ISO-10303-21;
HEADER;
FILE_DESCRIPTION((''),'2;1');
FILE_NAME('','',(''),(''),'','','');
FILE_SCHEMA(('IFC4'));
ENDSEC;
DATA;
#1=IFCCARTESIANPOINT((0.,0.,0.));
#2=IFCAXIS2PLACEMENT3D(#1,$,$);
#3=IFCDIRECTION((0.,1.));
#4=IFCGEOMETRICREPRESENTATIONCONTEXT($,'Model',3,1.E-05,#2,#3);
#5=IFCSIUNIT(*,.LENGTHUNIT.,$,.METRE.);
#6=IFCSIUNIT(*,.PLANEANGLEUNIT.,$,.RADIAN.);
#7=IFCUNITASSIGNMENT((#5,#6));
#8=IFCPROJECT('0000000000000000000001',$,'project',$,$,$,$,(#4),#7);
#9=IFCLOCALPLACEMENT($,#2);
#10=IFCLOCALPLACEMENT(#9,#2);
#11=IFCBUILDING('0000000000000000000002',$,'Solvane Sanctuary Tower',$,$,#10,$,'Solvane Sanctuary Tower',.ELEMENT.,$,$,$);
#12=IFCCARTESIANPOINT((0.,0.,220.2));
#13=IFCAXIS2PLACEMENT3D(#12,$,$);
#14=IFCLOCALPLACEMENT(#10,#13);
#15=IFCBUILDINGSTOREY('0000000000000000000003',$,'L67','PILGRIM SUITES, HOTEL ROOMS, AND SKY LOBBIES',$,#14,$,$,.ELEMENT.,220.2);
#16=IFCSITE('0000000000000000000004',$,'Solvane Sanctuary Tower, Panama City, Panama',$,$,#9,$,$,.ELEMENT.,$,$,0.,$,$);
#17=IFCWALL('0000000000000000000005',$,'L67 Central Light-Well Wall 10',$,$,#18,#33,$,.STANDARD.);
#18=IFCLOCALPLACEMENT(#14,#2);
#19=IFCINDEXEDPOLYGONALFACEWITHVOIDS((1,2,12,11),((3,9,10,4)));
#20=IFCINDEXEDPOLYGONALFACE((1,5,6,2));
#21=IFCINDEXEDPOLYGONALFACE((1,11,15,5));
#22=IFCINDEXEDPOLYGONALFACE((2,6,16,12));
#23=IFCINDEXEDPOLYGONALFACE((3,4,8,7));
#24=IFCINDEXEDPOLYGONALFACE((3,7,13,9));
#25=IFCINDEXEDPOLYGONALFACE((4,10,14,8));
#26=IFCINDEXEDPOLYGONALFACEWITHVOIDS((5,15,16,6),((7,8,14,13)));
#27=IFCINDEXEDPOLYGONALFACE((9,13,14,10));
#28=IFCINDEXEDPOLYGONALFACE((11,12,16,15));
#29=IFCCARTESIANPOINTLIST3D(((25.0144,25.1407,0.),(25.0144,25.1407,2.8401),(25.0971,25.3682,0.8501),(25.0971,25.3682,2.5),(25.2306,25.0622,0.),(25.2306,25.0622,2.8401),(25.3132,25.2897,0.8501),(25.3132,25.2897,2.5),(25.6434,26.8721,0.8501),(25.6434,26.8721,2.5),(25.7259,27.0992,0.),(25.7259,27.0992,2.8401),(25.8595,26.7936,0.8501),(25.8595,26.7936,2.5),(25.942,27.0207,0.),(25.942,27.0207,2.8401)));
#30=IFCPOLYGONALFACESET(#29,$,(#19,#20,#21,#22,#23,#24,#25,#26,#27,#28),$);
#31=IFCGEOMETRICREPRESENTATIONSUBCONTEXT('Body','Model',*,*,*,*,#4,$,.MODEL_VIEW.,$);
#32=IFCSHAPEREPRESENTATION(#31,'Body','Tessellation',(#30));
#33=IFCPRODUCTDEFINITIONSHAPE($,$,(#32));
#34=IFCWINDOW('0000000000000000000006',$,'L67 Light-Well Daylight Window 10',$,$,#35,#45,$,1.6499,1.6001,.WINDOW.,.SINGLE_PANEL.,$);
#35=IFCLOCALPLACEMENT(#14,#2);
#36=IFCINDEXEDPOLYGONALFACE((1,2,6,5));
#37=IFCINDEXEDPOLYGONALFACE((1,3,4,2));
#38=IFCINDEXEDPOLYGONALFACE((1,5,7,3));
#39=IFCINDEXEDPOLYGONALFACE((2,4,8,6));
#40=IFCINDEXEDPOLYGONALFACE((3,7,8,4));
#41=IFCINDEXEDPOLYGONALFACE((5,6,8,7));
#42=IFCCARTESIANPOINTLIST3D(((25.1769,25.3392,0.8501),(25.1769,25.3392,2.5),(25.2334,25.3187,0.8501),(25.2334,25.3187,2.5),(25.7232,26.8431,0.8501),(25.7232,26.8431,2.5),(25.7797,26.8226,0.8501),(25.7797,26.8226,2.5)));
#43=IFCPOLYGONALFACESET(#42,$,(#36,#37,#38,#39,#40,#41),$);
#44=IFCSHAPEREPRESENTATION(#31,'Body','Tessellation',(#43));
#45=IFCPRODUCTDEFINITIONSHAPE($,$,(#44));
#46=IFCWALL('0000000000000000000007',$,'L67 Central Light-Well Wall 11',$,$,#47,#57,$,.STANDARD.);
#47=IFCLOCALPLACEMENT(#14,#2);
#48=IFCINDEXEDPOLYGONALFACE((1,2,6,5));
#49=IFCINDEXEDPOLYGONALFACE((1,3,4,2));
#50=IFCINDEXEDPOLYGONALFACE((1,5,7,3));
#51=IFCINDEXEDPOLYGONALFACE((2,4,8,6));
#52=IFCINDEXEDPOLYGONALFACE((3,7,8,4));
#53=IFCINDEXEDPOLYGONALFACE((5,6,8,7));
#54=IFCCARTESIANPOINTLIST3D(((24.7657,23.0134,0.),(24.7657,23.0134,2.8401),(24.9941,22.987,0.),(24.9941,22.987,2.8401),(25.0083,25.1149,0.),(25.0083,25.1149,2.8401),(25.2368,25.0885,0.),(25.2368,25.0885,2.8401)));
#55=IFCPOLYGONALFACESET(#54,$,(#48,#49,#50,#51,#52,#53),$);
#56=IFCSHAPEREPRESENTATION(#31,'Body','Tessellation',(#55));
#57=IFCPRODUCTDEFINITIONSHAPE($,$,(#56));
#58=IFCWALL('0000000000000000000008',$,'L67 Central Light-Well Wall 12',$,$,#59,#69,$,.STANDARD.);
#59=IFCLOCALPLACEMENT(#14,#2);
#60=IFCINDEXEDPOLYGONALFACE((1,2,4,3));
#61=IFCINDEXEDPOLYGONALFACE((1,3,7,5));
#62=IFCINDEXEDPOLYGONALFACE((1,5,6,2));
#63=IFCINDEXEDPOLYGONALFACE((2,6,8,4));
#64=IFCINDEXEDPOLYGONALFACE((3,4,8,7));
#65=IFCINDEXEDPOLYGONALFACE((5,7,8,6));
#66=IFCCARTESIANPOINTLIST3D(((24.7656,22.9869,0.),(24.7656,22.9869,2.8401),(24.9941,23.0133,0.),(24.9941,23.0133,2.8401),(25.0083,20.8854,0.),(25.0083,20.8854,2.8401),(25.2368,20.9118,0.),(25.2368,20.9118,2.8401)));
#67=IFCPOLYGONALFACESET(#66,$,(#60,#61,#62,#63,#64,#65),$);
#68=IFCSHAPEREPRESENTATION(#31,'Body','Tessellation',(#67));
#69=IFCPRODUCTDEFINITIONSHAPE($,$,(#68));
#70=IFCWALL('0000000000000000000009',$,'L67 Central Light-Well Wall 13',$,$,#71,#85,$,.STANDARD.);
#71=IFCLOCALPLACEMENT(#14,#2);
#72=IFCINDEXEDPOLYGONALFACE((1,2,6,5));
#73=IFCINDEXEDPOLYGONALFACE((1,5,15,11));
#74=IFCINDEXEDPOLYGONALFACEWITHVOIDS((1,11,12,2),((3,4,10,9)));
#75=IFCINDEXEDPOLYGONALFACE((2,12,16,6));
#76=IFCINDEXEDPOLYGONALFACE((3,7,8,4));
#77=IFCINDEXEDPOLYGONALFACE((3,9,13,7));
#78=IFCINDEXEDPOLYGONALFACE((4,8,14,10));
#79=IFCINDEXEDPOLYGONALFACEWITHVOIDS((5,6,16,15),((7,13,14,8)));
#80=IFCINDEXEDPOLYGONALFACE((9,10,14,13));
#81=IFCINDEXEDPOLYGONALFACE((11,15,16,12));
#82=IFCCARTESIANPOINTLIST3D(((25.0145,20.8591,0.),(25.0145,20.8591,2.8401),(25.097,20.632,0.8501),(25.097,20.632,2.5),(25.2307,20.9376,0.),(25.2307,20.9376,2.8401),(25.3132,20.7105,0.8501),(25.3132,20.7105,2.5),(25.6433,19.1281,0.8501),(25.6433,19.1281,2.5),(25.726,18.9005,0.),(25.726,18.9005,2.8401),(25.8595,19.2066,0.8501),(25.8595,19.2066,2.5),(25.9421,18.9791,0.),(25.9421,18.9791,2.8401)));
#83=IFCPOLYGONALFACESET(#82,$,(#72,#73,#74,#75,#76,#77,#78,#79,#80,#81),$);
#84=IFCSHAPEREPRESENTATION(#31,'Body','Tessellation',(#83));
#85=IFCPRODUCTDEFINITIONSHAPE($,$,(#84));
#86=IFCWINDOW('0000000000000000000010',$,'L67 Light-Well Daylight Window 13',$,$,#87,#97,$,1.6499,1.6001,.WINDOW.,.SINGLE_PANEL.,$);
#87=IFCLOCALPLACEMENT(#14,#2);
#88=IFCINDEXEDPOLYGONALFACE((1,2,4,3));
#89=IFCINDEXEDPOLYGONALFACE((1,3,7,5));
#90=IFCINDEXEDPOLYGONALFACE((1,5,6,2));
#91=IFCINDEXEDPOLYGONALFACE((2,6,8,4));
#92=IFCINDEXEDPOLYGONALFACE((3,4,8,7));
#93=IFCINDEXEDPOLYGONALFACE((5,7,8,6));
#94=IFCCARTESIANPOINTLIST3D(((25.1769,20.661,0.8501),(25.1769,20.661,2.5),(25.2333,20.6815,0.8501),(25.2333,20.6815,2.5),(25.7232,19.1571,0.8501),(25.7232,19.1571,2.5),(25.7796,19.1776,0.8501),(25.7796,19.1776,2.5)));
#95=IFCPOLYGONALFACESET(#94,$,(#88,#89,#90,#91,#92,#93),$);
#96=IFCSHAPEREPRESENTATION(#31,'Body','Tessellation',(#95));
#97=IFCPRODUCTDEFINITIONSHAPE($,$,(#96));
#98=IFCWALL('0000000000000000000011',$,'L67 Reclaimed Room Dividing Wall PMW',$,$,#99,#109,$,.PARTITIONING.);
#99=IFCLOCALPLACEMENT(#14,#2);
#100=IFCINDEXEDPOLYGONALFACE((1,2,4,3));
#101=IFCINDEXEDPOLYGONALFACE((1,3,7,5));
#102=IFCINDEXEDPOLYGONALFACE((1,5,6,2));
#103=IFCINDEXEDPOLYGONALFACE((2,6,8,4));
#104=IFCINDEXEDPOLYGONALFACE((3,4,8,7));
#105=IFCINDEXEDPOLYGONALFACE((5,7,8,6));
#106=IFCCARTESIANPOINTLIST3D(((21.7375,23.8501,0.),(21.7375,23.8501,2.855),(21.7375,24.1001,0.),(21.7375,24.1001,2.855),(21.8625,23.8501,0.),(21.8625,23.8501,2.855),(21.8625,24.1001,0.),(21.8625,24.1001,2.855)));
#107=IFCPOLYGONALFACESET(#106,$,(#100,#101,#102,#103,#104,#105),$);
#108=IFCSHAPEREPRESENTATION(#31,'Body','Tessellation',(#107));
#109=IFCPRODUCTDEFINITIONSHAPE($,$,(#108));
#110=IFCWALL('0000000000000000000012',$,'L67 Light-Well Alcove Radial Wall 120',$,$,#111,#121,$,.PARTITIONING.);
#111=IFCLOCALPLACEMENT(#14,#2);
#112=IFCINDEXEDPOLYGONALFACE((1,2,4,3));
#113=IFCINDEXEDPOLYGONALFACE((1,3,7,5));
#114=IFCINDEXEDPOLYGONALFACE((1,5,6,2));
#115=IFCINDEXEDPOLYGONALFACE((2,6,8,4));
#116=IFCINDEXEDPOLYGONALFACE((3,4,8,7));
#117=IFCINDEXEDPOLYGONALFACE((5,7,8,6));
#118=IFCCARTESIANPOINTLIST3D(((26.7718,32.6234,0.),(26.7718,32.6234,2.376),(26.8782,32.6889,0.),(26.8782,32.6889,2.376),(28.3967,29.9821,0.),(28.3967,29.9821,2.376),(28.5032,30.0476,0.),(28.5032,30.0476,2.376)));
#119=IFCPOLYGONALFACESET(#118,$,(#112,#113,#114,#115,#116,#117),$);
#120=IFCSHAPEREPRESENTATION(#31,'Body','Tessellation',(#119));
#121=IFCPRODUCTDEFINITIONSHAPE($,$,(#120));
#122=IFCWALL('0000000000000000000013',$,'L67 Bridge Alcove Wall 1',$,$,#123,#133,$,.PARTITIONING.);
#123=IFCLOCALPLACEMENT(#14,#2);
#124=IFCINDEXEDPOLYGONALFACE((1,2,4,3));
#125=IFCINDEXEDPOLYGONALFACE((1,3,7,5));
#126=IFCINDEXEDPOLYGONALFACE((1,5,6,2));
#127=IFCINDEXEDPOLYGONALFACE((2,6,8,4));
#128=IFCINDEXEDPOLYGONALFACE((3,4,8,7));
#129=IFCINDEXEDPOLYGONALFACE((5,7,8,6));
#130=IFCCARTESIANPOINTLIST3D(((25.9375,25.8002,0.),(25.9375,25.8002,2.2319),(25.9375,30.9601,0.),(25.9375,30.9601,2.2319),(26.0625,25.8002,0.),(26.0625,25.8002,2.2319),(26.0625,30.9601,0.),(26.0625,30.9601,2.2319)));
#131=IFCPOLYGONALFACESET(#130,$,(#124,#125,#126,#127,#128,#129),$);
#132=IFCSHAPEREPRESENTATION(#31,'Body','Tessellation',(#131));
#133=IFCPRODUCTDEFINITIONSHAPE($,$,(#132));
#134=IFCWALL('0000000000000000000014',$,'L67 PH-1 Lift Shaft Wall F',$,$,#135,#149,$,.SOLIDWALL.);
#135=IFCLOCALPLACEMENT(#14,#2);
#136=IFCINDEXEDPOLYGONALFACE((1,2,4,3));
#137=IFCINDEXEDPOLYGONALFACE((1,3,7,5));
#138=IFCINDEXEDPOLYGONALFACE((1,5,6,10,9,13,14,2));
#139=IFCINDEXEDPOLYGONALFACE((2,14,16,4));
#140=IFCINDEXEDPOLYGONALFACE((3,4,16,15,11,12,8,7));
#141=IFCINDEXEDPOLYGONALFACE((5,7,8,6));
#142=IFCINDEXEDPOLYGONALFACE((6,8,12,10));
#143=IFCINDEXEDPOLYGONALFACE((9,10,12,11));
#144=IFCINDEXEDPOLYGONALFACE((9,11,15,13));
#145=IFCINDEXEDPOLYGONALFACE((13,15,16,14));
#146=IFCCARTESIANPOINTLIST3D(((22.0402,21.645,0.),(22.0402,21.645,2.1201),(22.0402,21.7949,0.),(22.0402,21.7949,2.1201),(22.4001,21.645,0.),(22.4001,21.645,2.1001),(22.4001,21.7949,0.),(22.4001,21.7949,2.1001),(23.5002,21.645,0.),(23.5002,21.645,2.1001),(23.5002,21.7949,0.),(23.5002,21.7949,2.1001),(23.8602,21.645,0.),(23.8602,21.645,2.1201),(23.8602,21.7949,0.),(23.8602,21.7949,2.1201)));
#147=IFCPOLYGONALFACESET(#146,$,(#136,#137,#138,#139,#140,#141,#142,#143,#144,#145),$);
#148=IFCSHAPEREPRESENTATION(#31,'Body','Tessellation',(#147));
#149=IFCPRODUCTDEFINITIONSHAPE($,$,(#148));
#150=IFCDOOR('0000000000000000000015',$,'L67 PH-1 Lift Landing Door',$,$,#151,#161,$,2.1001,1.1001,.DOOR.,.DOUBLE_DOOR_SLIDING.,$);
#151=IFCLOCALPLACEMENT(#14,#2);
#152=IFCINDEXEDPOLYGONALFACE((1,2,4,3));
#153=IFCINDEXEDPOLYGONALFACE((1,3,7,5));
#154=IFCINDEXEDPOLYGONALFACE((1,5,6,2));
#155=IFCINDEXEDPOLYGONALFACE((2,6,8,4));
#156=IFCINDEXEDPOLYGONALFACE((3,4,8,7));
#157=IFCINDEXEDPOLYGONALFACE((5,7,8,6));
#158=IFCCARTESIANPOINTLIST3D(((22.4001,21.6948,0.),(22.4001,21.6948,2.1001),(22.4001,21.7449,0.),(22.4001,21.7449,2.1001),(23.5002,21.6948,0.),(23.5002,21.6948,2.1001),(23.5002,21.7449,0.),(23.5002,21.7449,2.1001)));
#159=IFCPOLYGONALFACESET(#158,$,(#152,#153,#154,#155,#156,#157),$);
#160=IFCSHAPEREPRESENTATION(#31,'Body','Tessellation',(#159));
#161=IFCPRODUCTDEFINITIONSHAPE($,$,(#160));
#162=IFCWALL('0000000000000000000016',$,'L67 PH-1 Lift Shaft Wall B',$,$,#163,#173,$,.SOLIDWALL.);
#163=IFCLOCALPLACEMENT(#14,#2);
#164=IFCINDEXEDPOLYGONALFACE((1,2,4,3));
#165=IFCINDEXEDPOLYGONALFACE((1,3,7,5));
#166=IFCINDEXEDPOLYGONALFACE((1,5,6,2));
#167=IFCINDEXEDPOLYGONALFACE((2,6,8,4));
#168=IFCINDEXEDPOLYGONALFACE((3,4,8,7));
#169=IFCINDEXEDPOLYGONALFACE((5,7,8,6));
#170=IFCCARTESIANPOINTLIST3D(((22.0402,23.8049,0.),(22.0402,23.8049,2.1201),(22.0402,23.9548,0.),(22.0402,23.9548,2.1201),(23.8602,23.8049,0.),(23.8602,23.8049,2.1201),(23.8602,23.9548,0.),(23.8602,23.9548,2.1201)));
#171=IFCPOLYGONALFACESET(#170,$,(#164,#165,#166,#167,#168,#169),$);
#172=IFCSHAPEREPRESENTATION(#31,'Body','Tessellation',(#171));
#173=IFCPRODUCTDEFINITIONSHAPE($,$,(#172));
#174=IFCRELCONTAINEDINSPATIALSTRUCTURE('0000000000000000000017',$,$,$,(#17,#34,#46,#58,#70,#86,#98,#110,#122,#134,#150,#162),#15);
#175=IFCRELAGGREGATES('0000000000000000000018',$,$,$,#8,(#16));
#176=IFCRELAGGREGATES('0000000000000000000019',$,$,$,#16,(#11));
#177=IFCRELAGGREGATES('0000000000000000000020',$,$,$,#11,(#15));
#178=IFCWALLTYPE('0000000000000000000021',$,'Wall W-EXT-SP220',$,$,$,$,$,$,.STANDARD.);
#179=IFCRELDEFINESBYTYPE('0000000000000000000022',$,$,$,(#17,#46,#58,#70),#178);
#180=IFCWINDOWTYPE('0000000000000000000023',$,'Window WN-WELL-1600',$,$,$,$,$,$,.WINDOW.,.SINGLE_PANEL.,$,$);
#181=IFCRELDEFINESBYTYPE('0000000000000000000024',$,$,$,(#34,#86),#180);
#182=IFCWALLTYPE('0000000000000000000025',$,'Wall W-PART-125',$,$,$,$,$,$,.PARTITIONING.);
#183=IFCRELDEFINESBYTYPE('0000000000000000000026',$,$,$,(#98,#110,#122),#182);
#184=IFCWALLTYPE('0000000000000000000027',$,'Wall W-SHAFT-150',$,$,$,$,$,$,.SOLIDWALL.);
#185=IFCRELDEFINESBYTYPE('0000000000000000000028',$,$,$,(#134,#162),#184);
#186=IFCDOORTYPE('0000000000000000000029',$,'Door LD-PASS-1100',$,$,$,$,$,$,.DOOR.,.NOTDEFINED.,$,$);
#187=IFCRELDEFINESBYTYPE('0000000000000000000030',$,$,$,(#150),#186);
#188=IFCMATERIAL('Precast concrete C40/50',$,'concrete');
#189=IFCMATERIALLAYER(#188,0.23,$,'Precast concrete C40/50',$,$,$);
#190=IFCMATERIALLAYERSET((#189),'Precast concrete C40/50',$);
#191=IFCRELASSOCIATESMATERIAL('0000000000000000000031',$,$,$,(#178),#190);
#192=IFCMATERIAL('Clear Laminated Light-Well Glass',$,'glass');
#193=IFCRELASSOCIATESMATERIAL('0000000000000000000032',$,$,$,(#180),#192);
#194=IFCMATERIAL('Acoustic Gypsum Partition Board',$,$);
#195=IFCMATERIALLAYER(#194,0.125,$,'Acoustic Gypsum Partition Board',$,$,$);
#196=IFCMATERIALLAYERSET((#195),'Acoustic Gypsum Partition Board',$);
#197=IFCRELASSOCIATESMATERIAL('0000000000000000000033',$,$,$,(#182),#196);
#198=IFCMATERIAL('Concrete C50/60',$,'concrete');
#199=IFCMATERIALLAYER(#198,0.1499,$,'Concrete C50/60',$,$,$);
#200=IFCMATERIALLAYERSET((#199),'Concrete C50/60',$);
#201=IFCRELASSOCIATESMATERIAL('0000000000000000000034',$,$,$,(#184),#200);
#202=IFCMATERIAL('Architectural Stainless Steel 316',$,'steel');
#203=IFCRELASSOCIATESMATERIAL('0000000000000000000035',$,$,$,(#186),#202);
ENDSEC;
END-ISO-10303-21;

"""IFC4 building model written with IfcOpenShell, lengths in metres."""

from ifc_helpers import new_model, si_unit, direction, frame, frame_2d, origin, place, context, subcontext, project, spatial, rectangle, extrude, material, layer, layer_set, type_object, element, fill, save


model = new_model("IFC4")

# Units and contexts
model_context = context("Model", 3, precision=1e-05, world=origin(), true_north=direction((0.0, 1.0)))
body_context = subcontext(model_context, "Body", "Model", "MODEL_VIEW")
ifc_project = project(units=[si_unit("LENGTHUNIT", "METRE"), si_unit("PLANEANGLEUNIT", "RADIAN")], contexts=[model_context])

# Site, building, storey
site_placement = place(None, origin())
site = spatial("IfcSite", under=ifc_project, at=site_placement, Name="Solvane Sanctuary Tower, Panama City, Panama", CompositionType="ELEMENT", RefElevation=0.0)
building_placement = place(site_placement, origin())
building = spatial("IfcBuilding", under=site, at=building_placement, Name="Solvane Sanctuary Tower", LongName="Solvane Sanctuary Tower", CompositionType="ELEMENT")
storey_placement = place(building_placement, frame((0.0, 0.0, 220.2)))
storey = spatial("IfcBuildingStorey", under=building, at=storey_placement, Name="L67", Description="PILGRIM SUITES, HOTEL ROOMS, AND SKY LOBBIES", CompositionType="ELEMENT", Elevation=220.2)

# Shared definitions
ifc_material_1 = material(Name="Concrete C50/60", Category="concrete")

# Shared definitions
ifc_material_2 = material(Name="Acoustic Gypsum Partition Board")
ifc_material_3 = material(Name="Architectural Stainless Steel 316", Category="steel")

# Shared definitions
ifc_material_4 = material(Name="Precast concrete C40/50", Category="concrete")
ifc_layer_1 = layer(ifc_material_4, 0.23, Name="Precast concrete C40/50")
ifc_layer_set_1 = layer_set([ifc_layer_1], Name="Precast concrete C40/50")
wall_type_1 = type_object("IfcWallType", Name="Wall W-EXT-SP220", PredefinedType="STANDARD", material=ifc_layer_set_1)

# Wall, opening, window
wall_1_placement = place(storey_placement, frame((25.834, 27.0601, 0.0), z_axis=(0.0, 0.0, 1.0), x_axis=(-0.341423, -0.93991, 0.0)))
wall_1 = element("IfcWall", 1, at=wall_1_placement, inside=storey, type_object=wall_type_1, Name="L67 Central Light-Well Wall 10", PredefinedType="STANDARD", context=body_context, shape_type="SweptSolid", body=[
    extrude(rectangle(XDim=2.0837, YDim=0.23, at=frame_2d((1.042, 0.0))), origin(), (0.0, 0.0, 1.0), 2.8401),
])
opening_1_placement = place(wall_1_placement, frame((0.2417, 0.0, 0.8501)))
opening_1 = element("IfcOpeningElement", 2, at=opening_1_placement, cuts=wall_1, PredefinedType="OPENING", context=body_context, shape_type="SweptSolid", body=[
    extrude(rectangle(XDim=1.6001, YDim=1.6499, at=frame_2d((0.8, 0.825))), frame((0.0, 0.125, 0.0), z_axis=(0.0, -1.0, 0.0), x_axis=(1.0, 0.0, 0.0)), (0.0, 0.0, 1.0), 0.25),
])
ifc_material_5 = material(Name="Clear Laminated Light-Well Glass", Category="glass")
window_type = type_object("IfcWindowType", Name="Window WN-WELL-1600", PartitioningType="SINGLE_PANEL", PredefinedType="WINDOW", material=ifc_material_5)
window_1_placement = place(opening_1_placement, origin())
window_1 = element("IfcWindow", 3, at=window_1_placement, inside=storey, type_object=window_type, Name="L67 Light-Well Daylight Window 10", OverallHeight=1.6499, OverallWidth=1.6001, PartitioningType="SINGLE_PANEL", PredefinedType="WINDOW", context=body_context, shape_type="SweptSolid", body=[
    extrude(rectangle(XDim=1.6001, YDim=1.6499, at=frame_2d((0.8, 0.825))), frame((0.0, 0.03, 0.0), z_axis=(0.0, -1.0, 0.0), x_axis=(1.0, 0.0, 0.0)), (0.0, 0.0, 1.0), 0.0601),
])
fill(opening_1, window_1)

# Walls
for number, where, z_axis, x_axis, name in (
    (4, (25.1226, 25.1016, 0.0), (0.0, 0.0, 1.0), (-0.114712, -0.993399, 0.0), "L67 Central Light-Well Wall 11"),
    (5, (24.8799, 23.0, 0.0), (0.0, 0.0, 1.0), (0.114712, -0.993399, 0.0), "L67 Central Light-Well Wall 12"),
):
    element("IfcWall", number, at=place(storey_placement, frame(where, z_axis=z_axis, x_axis=x_axis)), inside=storey, type_object=wall_type_1, Name=name, PredefinedType="STANDARD", context=body_context, shape_type="SweptSolid", body=[
        extrude(rectangle(XDim=2.1155, YDim=0.23, at=frame_2d((1.0576, 0.0))), origin(), (0.0, 0.0, 1.0), 2.8401),
    ])

# Wall, opening, window
wall_2_placement = place(storey_placement, frame((25.1226, 20.8984, 0.0), z_axis=(0.0, 0.0, 1.0), x_axis=(0.341423, -0.93991, 0.0)))
wall_2 = element("IfcWall", 6, at=wall_2_placement, inside=storey, type_object=wall_type_1, Name="L67 Central Light-Well Wall 13", PredefinedType="STANDARD", context=body_context, shape_type="SweptSolid", body=[
    extrude(rectangle(XDim=2.0837, YDim=0.23, at=frame_2d((1.042, 0.0))), origin(), (0.0, 0.0, 1.0), 2.8401),
])
opening_2_placement = place(wall_2_placement, frame((0.2417, 0.0, 0.8501)))
opening_2 = element("IfcOpeningElement", 7, at=opening_2_placement, cuts=wall_2, PredefinedType="OPENING", context=body_context, shape_type="SweptSolid", body=[
    extrude(rectangle(XDim=1.6001, YDim=1.6499, at=frame_2d((0.8, 0.825))), frame((0.0, 0.125, 0.0), z_axis=(0.0, -1.0, 0.0), x_axis=(1.0, 0.0, 0.0)), (0.0, 0.0, 1.0), 0.25),
])
window_2_placement = place(opening_2_placement, origin())
window_2 = element("IfcWindow", 8, at=window_2_placement, inside=storey, type_object=window_type, Name="L67 Light-Well Daylight Window 13", OverallHeight=1.6499, OverallWidth=1.6001, PartitioningType="SINGLE_PANEL", PredefinedType="WINDOW", context=body_context, shape_type="SweptSolid", body=[
    extrude(rectangle(XDim=1.6001, YDim=1.6499, at=frame_2d((0.8, 0.825))), frame((0.0, 0.03, 0.0), z_axis=(0.0, -1.0, 0.0), x_axis=(1.0, 0.0, 0.0)), (0.0, 0.0, 1.0), 0.0601),
])
fill(opening_2, window_2)

# Walls
ifc_layer_2 = layer(ifc_material_2, 0.125, Name="Acoustic Gypsum Partition Board")
ifc_layer_set_2 = layer_set([ifc_layer_2], Name="Acoustic Gypsum Partition Board")
wall_type_2 = type_object("IfcWallType", Name="Wall W-PART-125", PredefinedType="PARTITIONING", material=ifc_layer_set_2)
wall_3_placement = place(storey_placement, frame((21.8, 23.8501, 0.0), z_axis=(0.0, 0.0, 1.0), x_axis=(0.0, 1.0, 0.0)))
element("IfcWall", 9, at=wall_3_placement, inside=storey, type_object=wall_type_2, Name="L67 Reclaimed Room Dividing Wall PMW", PredefinedType="PARTITIONING", context=body_context, shape_type="SweptSolid", body=[
    extrude(rectangle(XDim=0.25, YDim=0.125, at=frame_2d((0.125, 0.0))), origin(), (0.0, 0.0, 1.0), 2.855),
])
wall_4_placement = place(storey_placement, frame((28.45, 30.0149, 0.0), z_axis=(0.0, 0.0, 1.0), x_axis=(-0.523992, 0.851723, 0.0)))
element("IfcWall", 10, at=wall_4_placement, inside=storey, type_object=wall_type_2, Name="L67 Light-Well Alcove Radial Wall 120", PredefinedType="PARTITIONING", context=body_context, shape_type="SweptSolid", body=[
    extrude(rectangle(XDim=3.1011, YDim=0.125, at=frame_2d((1.5505, 0.0))), origin(), (0.0, 0.0, 1.0), 2.376),
])
wall_5_placement = place(storey_placement, frame((26.0, 25.8, 0.0), z_axis=(0.0, 0.0, 1.0), x_axis=(0.0, 1.0, 0.0)))
element("IfcWall", 11, at=wall_5_placement, inside=storey, type_object=wall_type_2, Name="L67 Bridge Alcove Wall 1", PredefinedType="PARTITIONING", context=body_context, shape_type="SweptSolid", body=[
    extrude(rectangle(XDim=5.1599, YDim=0.125, at=frame_2d((2.5801, 0.0))), origin(), (0.0, 0.0, 1.0), 2.2319),
])

# Wall, opening, door
ifc_layer_3 = layer(ifc_material_1, 0.1499, Name="Concrete C50/60")
ifc_layer_set_3 = layer_set([ifc_layer_3], Name="Concrete C50/60")
wall_type_3 = type_object("IfcWallType", Name="Wall W-SHAFT-150", PredefinedType="SOLIDWALL", material=ifc_layer_set_3)
wall_6_placement = place(storey_placement, frame((22.04, 21.72, 0.0), z_axis=(0.0, 0.0, 1.0), x_axis=(1.0, 0.0, 0.0)))
wall_6 = element("IfcWall", 12, at=wall_6_placement, inside=storey, type_object=wall_type_3, Name="L67 PH-1 Lift Shaft Wall F", PredefinedType="SOLIDWALL", context=body_context, shape_type="SweptSolid", body=[
    extrude(rectangle(XDim=1.8201, YDim=0.1499, at=frame_2d((0.9102, 0.0))), origin(), (0.0, 0.0, 1.0), 2.1201),
])
opening_3_placement = place(wall_6_placement, frame((0.3601, 0.0, 0.0)))
opening_3 = element("IfcOpeningElement", 13, at=opening_3_placement, cuts=wall_6, PredefinedType="OPENING", context=body_context, shape_type="SweptSolid", body=[
    extrude(rectangle(XDim=1.1001, YDim=2.1001, at=frame_2d((0.55, 1.05))), frame((0.0, 0.085, 0.0), z_axis=(0.0, -1.0, 0.0), x_axis=(1.0, 0.0, 0.0)), (0.0, 0.0, 1.0), 0.1699),
])
door_type_1 = type_object("IfcDoorType", Name="Door LD-PASS-1100", OperationType="NOTDEFINED", PredefinedType="DOOR", material=ifc_material_3)
door_1_placement = place(opening_3_placement, origin())
door_1 = element("IfcDoor", 14, at=door_1_placement, inside=storey, type_object=door_type_1, Name="L67 PH-1 Lift Landing Door", OperationType="DOUBLE_DOOR_SLIDING", OverallHeight=2.1001, OverallWidth=1.1001, PredefinedType="DOOR", context=body_context, shape_type="SweptSolid", body=[
    extrude(rectangle(XDim=1.1001, YDim=2.1001, at=frame_2d((0.55, 1.05))), frame((0.0, 0.0249, 0.0), z_axis=(0.0, -1.0, 0.0), x_axis=(1.0, 0.0, 0.0)), (0.0, 0.0, 1.0), 0.05),
])
fill(opening_3, door_1)

# Wall
wall_7_placement = place(storey_placement, frame((22.04, 23.8799, 0.0), z_axis=(0.0, 0.0, 1.0), x_axis=(1.0, 0.0, 0.0)))
element("IfcWall", 15, at=wall_7_placement, inside=storey, type_object=wall_type_3, Name="L67 PH-1 Lift Shaft Wall B", PredefinedType="SOLIDWALL", context=body_context, shape_type="SweptSolid", body=[
    extrude(rectangle(XDim=1.8201, YDim=0.1499, at=frame_2d((0.9102, 0.0))), origin(), (0.0, 0.0, 1.0), 2.1201),
])

save(model, "model.ifc")
